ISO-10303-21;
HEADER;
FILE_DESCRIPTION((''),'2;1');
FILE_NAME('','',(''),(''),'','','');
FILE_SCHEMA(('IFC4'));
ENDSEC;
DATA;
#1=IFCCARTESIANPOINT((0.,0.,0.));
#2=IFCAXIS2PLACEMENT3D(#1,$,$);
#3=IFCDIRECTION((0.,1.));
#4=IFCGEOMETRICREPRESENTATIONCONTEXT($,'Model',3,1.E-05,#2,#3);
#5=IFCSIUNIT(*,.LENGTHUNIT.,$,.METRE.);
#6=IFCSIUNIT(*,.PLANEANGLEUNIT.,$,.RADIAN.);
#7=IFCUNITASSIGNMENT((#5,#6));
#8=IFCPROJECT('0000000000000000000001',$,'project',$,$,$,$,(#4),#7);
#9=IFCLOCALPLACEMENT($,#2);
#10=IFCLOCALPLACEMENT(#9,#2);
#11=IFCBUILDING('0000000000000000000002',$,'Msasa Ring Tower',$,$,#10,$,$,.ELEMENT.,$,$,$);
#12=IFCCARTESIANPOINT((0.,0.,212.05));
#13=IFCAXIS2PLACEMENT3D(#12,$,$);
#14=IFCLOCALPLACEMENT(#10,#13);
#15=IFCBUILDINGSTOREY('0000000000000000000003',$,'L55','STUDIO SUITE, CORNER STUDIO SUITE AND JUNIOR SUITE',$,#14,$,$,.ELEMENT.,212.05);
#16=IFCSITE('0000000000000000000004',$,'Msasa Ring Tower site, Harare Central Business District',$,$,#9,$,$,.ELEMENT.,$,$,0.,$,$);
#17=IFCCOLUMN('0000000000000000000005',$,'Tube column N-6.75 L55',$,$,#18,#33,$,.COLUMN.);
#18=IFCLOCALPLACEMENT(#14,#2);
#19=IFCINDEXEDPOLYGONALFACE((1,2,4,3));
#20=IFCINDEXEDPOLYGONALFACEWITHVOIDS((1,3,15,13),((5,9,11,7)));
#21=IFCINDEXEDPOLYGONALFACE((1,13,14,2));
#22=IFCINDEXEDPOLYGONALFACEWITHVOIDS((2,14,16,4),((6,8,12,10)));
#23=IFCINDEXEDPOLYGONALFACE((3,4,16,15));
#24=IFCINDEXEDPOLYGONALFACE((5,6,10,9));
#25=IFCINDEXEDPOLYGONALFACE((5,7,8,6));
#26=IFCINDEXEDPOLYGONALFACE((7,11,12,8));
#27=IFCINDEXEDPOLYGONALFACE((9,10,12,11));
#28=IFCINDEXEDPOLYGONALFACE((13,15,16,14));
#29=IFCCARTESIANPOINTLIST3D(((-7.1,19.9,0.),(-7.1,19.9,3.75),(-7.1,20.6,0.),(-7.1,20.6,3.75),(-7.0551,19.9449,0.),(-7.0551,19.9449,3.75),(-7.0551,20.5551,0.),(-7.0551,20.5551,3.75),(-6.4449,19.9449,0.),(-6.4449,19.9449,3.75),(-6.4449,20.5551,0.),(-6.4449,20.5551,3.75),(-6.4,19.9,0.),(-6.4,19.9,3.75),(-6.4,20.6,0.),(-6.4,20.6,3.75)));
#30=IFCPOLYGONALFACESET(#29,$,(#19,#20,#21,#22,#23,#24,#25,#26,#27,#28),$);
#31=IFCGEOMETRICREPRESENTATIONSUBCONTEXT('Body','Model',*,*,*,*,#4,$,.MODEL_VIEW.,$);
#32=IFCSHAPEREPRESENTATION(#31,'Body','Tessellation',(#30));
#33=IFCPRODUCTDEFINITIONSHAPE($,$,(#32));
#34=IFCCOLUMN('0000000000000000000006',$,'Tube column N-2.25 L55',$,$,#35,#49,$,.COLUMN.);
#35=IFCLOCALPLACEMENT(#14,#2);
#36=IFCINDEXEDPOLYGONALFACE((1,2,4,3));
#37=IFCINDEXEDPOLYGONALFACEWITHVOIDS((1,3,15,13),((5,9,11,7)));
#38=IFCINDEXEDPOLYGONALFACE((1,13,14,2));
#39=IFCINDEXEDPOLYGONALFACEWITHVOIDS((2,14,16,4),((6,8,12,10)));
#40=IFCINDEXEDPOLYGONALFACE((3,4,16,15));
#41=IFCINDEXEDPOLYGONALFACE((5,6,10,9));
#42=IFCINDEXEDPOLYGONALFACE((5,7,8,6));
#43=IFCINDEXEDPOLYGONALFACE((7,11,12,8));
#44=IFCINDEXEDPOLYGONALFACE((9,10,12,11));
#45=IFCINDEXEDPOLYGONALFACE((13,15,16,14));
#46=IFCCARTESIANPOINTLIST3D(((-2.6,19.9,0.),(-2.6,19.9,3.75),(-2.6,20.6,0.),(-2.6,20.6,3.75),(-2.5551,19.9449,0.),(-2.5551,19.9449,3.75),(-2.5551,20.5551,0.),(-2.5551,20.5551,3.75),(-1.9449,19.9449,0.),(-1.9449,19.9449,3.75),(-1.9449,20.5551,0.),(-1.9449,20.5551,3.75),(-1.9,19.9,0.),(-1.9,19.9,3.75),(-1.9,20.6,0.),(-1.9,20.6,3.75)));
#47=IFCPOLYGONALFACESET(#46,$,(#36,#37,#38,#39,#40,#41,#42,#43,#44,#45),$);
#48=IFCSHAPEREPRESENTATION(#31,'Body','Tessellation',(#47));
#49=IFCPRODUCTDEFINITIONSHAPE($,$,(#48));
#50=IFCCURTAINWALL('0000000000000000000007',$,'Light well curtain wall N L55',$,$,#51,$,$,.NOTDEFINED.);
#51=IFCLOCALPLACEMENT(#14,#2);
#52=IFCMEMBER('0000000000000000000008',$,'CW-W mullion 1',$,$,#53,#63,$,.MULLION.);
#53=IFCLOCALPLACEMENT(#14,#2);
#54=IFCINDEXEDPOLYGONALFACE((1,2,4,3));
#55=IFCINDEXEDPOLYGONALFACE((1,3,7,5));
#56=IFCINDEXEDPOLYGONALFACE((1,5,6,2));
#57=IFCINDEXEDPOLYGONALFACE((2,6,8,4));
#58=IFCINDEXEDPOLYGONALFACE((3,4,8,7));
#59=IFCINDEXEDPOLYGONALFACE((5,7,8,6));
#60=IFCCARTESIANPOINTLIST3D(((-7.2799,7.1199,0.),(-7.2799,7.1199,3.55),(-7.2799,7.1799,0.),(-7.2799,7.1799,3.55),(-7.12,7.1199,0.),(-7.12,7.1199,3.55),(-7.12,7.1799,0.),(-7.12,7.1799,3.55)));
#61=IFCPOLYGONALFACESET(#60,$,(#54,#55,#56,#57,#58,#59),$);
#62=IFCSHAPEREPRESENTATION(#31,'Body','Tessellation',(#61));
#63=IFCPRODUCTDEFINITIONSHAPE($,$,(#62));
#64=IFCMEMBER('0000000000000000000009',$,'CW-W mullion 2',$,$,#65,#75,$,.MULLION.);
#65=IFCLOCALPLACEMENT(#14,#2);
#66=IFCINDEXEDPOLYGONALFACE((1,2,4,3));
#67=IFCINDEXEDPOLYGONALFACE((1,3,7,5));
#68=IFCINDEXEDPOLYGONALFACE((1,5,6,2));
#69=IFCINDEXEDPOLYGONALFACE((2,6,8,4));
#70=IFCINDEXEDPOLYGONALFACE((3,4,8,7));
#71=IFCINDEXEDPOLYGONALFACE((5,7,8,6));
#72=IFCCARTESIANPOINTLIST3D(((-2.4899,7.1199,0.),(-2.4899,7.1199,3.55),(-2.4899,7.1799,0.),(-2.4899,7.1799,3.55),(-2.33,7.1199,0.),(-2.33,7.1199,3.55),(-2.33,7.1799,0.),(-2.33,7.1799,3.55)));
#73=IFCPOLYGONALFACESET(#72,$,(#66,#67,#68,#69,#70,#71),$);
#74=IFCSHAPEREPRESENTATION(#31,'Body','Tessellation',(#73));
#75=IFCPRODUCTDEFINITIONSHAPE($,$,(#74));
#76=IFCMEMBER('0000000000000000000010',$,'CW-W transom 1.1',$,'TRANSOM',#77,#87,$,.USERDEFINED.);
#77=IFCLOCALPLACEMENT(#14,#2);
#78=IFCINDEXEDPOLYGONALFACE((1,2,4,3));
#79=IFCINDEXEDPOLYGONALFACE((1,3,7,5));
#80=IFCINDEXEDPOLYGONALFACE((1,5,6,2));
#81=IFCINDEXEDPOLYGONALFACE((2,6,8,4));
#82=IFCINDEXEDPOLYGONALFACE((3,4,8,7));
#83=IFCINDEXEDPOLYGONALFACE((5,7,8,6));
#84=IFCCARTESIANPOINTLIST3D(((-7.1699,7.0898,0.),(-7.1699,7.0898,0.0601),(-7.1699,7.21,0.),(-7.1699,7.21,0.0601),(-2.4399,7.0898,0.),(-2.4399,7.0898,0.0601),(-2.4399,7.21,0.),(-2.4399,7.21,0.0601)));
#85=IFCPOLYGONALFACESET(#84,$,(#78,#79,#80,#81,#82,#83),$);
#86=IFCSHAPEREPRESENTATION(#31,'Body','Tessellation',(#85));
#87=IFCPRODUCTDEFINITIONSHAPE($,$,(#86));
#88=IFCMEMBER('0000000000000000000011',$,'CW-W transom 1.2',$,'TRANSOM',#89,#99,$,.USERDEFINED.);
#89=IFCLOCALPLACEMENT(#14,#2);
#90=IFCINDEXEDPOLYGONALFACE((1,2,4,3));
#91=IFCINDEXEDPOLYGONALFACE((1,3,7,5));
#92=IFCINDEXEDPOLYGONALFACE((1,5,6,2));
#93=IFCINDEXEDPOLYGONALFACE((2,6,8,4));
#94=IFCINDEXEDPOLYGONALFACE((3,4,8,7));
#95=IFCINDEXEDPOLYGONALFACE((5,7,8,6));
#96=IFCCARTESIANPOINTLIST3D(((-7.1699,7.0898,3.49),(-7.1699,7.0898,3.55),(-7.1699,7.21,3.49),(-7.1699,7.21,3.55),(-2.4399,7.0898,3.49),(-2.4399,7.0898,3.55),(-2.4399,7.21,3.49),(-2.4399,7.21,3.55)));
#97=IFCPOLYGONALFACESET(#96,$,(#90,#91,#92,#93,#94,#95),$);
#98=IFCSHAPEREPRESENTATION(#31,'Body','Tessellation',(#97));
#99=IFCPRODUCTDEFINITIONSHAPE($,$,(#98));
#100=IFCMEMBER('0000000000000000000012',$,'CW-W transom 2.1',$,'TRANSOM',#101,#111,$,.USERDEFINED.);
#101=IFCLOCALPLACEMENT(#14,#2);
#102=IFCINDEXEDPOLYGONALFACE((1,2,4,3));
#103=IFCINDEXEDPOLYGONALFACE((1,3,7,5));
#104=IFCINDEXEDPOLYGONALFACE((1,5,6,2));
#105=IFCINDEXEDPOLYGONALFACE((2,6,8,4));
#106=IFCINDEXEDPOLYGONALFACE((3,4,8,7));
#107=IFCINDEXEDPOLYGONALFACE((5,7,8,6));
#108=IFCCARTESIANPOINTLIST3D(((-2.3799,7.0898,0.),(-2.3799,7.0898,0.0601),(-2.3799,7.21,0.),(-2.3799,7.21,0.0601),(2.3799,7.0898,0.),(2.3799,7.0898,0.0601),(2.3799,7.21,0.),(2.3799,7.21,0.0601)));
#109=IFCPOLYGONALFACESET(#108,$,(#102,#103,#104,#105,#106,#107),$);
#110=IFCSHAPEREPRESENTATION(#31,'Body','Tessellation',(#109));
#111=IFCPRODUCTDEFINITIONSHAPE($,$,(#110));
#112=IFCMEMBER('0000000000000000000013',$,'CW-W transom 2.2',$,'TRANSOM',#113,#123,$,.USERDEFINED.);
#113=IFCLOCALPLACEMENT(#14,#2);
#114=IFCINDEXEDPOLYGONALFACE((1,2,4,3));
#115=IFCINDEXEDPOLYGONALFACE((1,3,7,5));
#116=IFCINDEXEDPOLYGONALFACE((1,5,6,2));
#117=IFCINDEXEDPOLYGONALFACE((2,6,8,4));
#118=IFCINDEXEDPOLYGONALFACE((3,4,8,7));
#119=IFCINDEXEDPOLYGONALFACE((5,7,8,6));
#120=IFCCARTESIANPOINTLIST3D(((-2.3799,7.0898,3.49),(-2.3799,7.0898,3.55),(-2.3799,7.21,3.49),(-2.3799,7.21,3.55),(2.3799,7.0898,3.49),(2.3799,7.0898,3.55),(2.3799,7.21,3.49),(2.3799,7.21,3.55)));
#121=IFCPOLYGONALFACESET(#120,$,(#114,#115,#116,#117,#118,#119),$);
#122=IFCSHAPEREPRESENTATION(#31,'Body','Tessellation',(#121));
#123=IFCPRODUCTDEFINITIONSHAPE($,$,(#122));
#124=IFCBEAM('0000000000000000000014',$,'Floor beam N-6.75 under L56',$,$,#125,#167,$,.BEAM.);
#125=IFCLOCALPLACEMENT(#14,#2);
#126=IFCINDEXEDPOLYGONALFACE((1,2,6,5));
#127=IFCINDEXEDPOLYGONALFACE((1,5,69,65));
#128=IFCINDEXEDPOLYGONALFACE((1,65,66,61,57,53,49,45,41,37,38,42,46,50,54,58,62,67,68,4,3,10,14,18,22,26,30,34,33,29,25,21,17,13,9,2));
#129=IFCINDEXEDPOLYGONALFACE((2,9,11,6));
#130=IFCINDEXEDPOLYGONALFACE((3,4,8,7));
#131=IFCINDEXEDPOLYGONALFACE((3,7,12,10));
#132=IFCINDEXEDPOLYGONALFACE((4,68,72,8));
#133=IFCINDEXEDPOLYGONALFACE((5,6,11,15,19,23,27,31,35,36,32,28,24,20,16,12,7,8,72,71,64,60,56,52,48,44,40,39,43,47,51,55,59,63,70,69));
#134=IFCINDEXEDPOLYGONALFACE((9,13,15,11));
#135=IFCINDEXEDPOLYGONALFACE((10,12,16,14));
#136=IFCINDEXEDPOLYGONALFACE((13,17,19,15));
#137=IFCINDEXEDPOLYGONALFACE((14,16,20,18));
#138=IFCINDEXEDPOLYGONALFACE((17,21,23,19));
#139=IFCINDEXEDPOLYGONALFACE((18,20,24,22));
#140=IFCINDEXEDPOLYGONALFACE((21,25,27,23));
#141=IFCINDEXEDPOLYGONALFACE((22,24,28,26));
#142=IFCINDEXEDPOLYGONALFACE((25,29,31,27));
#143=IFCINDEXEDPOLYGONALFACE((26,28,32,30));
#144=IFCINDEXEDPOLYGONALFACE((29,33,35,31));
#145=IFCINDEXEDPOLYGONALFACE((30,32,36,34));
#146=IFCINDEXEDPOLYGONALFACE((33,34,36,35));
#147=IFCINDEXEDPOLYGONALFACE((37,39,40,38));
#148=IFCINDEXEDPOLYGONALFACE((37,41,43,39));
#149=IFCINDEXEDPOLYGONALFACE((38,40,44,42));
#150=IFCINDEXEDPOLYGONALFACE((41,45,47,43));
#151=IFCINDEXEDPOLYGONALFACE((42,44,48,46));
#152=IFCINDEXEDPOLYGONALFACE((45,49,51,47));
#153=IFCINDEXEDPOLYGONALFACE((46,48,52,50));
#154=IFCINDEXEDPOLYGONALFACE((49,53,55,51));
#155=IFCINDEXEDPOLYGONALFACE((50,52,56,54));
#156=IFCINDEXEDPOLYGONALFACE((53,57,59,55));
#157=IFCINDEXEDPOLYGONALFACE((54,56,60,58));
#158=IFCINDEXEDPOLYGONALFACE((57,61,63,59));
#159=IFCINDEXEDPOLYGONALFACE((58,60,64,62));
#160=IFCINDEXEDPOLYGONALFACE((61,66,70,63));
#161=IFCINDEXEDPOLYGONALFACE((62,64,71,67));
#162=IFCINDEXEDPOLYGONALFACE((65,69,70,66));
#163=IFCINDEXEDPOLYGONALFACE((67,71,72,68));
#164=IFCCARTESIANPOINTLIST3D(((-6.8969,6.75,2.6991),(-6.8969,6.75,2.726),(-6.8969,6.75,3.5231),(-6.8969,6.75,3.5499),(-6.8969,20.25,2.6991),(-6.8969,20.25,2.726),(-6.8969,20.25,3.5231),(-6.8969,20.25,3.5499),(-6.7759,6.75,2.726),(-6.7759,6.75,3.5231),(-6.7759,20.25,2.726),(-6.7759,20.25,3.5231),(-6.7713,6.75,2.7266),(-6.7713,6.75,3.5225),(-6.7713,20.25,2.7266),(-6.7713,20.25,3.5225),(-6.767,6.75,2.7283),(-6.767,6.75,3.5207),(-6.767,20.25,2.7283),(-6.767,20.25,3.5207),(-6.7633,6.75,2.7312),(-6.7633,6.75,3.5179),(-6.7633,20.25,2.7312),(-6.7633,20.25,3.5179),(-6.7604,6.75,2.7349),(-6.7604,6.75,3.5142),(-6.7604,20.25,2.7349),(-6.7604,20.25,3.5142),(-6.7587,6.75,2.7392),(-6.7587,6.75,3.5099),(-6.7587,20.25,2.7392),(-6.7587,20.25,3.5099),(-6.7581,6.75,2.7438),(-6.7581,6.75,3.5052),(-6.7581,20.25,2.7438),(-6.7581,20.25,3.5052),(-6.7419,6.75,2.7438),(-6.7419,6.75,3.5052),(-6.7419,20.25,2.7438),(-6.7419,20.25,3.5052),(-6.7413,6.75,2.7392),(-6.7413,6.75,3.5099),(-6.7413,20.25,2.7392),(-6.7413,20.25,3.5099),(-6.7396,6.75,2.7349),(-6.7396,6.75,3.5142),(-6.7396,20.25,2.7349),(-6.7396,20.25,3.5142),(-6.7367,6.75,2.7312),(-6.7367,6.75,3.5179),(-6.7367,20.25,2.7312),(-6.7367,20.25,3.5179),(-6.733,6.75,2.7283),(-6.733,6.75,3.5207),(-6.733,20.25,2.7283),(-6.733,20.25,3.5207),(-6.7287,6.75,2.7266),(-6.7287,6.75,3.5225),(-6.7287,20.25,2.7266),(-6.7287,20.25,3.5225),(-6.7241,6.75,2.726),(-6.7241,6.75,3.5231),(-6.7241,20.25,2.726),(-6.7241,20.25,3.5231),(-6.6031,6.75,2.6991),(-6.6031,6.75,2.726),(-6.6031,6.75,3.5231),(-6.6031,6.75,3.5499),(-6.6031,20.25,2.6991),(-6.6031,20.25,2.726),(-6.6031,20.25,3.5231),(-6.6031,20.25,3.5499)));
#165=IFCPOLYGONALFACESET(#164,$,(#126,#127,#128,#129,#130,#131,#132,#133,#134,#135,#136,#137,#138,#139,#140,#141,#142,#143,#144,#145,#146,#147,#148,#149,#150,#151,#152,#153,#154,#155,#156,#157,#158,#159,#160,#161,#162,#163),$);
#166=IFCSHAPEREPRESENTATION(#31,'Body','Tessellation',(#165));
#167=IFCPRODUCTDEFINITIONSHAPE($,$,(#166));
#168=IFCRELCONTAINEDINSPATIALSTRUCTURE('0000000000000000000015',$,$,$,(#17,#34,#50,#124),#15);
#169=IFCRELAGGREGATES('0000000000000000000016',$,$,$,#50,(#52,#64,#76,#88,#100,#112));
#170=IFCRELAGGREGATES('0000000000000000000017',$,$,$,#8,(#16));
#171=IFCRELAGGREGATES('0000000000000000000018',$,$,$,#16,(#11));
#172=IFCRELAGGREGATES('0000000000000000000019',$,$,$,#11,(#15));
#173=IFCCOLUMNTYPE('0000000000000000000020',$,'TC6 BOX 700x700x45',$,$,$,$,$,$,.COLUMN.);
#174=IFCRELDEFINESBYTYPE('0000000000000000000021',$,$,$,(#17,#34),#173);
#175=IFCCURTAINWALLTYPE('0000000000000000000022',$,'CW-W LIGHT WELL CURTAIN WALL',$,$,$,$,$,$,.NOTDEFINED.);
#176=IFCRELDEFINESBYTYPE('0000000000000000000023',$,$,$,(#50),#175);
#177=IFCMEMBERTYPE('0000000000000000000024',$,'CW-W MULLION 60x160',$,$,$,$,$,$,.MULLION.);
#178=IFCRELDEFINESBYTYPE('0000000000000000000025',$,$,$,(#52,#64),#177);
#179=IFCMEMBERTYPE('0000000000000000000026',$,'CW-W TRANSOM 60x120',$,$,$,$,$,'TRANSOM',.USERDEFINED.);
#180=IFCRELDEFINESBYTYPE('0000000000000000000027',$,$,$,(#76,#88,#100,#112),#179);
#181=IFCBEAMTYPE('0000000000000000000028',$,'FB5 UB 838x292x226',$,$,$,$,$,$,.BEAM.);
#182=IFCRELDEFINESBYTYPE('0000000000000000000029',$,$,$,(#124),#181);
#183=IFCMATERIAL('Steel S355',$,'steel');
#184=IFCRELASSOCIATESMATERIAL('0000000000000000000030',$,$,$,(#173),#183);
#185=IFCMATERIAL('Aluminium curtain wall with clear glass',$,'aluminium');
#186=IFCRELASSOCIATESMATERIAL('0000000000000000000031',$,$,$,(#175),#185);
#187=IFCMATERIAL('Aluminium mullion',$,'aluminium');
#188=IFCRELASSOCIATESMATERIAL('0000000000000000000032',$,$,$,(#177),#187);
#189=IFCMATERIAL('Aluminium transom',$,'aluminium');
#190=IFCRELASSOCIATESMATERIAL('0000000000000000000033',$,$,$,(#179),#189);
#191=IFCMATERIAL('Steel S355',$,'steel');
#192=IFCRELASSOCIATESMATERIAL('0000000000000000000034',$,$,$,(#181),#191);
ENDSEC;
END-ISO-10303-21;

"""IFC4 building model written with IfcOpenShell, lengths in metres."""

from ifc_helpers import new_model, si_unit, direction, frame, origin, origin_2d, place, context, subcontext, project, spatial, rectangle, hollow_rectangle, i_section, extrude, material, material_profile, profile_set, type_object, element, aggregate, save


model = new_model("IFC4")

# Units and contexts
model_context = context("Model", 3, precision=1e-05, world=origin(), true_north=direction((0.0, 1.0)))
body_context = subcontext(model_context, "Body", "Model", "MODEL_VIEW")
ifc_project = project(units=[si_unit("LENGTHUNIT", "METRE"), si_unit("PLANEANGLEUNIT", "RADIAN")], contexts=[model_context])

# Site, building, storey
site_placement = place(None, origin())
site = spatial("IfcSite", under=ifc_project, at=site_placement, Name="Msasa Ring Tower site, Harare Central Business District", CompositionType="ELEMENT", RefElevation=0.0)
building_placement = place(site_placement, origin())
building = spatial("IfcBuilding", under=site, at=building_placement, Name="Msasa Ring Tower", CompositionType="ELEMENT")
storey_placement = place(building_placement, frame((0.0, 0.0, 212.05)))
storey = spatial("IfcBuildingStorey", under=building, at=storey_placement, Name="L55", Description="STUDIO SUITE, CORNER STUDIO SUITE AND JUNIOR SUITE", CompositionType="ELEMENT", Elevation=212.05)

# Columns
ifc_material_1 = material(Name="Steel S355", Category="steel")
ifc_material_profile_1 = material_profile(ifc_material_1, hollow_rectangle(XDim=0.7, YDim=0.7, WallThickness=0.0449, at=origin_2d()), Name="BOX 700x700x45")
ifc_profile_set_1 = profile_set([ifc_material_profile_1], Name="Steel S355")
column_type = type_object("IfcColumnType", Name="TC6 BOX 700x700x45", PredefinedType="COLUMN", material=ifc_profile_set_1)
for number, where, z_axis, x_axis, name in (
    (1, (-6.75, 20.25, 0.0), (0.0, 0.0, 1.0), (0.0, 1.0, 0.0), "Tube column N-6.75 L55"),
    (2, (-2.25, 20.25, 0.0), (0.0, 0.0, 1.0), (0.0, 1.0, 0.0), "Tube column N-2.25 L55"),
):
    element("IfcColumn", number, at=place(storey_placement, frame(where, z_axis=z_axis, x_axis=x_axis)), inside=storey, type_object=column_type, Name=name, PredefinedType="COLUMN", context=body_context, shape_type="SweptSolid", body=[
        extrude(hollow_rectangle(XDim=0.7, YDim=0.7, WallThickness=0.0449, at=origin_2d()), origin(), (0.0, 0.0, 1.0), 3.75),
    ])

# Curtain wall, members
ifc_material_2 = material(Name="Aluminium curtain wall with clear glass", Category="aluminium")
curtain_wall_type = type_object("IfcCurtainWallType", Name="CW-W LIGHT WELL CURTAIN WALL", PredefinedType="NOTDEFINED", material=ifc_material_2)
curtain_wall_placement = place(storey_placement, origin())
curtain_wall = element("IfcCurtainWall", 3, at=curtain_wall_placement, inside=storey, type_object=curtain_wall_type, Name="Light well curtain wall N L55", PredefinedType="NOTDEFINED")
ifc_material_3 = material(Name="Aluminium mullion", Category="aluminium")
ifc_material_profile_2 = material_profile(ifc_material_3, rectangle(XDim=0.0601, YDim=0.1599, at=origin_2d()), Name="AL 60x160")
ifc_profile_set_2 = profile_set([ifc_material_profile_2], Name="Aluminium mullion")
member_type_1 = type_object("IfcMemberType", Name="CW-W MULLION 60x160", PredefinedType="MULLION", material=ifc_profile_set_2)
member_1_placement = place(storey_placement, frame((-7.2, 7.1499, 0.0), z_axis=(0.0, 0.0, 1.0), x_axis=(0.0, 1.0, 0.0)))
member_1 = element("IfcMember", 4, at=member_1_placement, type_object=member_type_1, Name="CW-W mullion 1", PredefinedType="MULLION", context=body_context, shape_type="SweptSolid", body=[
    extrude(rectangle(XDim=0.0601, YDim=0.1599, at=origin_2d()), origin(), (0.0, 0.0, 1.0), 3.55),
])
member_2_placement = place(storey_placement, frame((-2.4099, 7.1499, 0.0), z_axis=(0.0, 0.0, 1.0), x_axis=(0.0, 1.0, 0.0)))
member_2 = element("IfcMember", 5, at=member_2_placement, type_object=member_type_1, Name="CW-W mullion 2", PredefinedType="MULLION", context=body_context, shape_type="SweptSolid", body=[
    extrude(rectangle(XDim=0.0601, YDim=0.1599, at=origin_2d()), origin(), (0.0, 0.0, 1.0), 3.55),
])
ifc_material_4 = material(Name="Aluminium transom", Category="aluminium")
ifc_material_profile_3 = material_profile(ifc_material_4, rectangle(XDim=0.1201, YDim=0.0601, at=origin_2d()), Name="AL 60x120")
ifc_profile_set_3 = profile_set([ifc_material_profile_3], Name="Aluminium transom")
member_type_2 = type_object("IfcMemberType", Name="CW-W TRANSOM 60x120", ElementType="TRANSOM", PredefinedType="USERDEFINED", material=ifc_profile_set_3)
member_3_placement = place(storey_placement, frame((-7.1699, 7.1499, 0.03), z_axis=(1.0, 0.0, 0.0), x_axis=(0.0, 1.0, 0.0)))
member_3 = element("IfcMember", 6, at=member_3_placement, type_object=member_type_2, Name="CW-W transom 1.1", ObjectType="TRANSOM", PredefinedType="USERDEFINED", context=body_context, shape_type="SweptSolid", body=[
    extrude(rectangle(XDim=0.1201, YDim=0.0601, at=origin_2d()), origin(), (0.0, 0.0, 1.0), 4.73),
])
member_4_placement = place(storey_placement, frame((-7.1699, 7.1499, 3.52), z_axis=(1.0, 0.0, 0.0), x_axis=(0.0, 1.0, 0.0)))
member_4 = element("IfcMember", 7, at=member_4_placement, type_object=member_type_2, Name="CW-W transom 1.2", ObjectType="TRANSOM", PredefinedType="USERDEFINED", context=body_context, shape_type="SweptSolid", body=[
    extrude(rectangle(XDim=0.1201, YDim=0.0601, at=origin_2d()), origin(), (0.0, 0.0, 1.0), 4.73),
])
member_5_placement = place(storey_placement, frame((-2.3799, 7.1499, 0.03), z_axis=(1.0, 0.0, 0.0), x_axis=(0.0, 1.0, 0.0)))
member_5 = element("IfcMember", 8, at=member_5_placement, type_object=member_type_2, Name="CW-W transom 2.1", ObjectType="TRANSOM", PredefinedType="USERDEFINED", context=body_context, shape_type="SweptSolid", body=[
    extrude(rectangle(XDim=0.1201, YDim=0.0601, at=origin_2d()), origin(), (0.0, 0.0, 1.0), 4.7598),
])
member_6_placement = place(storey_placement, frame((-2.3799, 7.1499, 3.52), z_axis=(1.0, 0.0, 0.0), x_axis=(0.0, 1.0, 0.0)))
member_6 = element("IfcMember", 9, at=member_6_placement, type_object=member_type_2, Name="CW-W transom 2.2", ObjectType="TRANSOM", PredefinedType="USERDEFINED", context=body_context, shape_type="SweptSolid", body=[
    extrude(rectangle(XDim=0.1201, YDim=0.0601, at=origin_2d()), origin(), (0.0, 0.0, 1.0), 4.7598),
])

# Beam
ifc_material_5 = material(Name="Steel S355", Category="steel")
ifc_material_profile_4 = material_profile(ifc_material_5, i_section(OverallWidth=0.2937, OverallDepth=0.8508, WebThickness=0.0161, FlangeThickness=0.0269, FilletRadius=0.0178, at=origin_2d()), Name="UB 838x292x226")
ifc_profile_set_4 = profile_set([ifc_material_profile_4], Name="Steel S355")
beam_type_1 = type_object("IfcBeamType", Name="FB5 UB 838x292x226", PredefinedType="BEAM", material=ifc_profile_set_4)
for number, where, z_axis, x_axis, name in (
    (10, (-6.75, 20.25, 3.1245), (0.0, -1.0, 0.0), (1.0, 0.0, 0.0), "Floor beam N-6.75 under L56"),
):
    element("IfcBeam", number, at=place(storey_placement, frame(where, z_axis=z_axis, x_axis=x_axis)), inside=storey, type_object=beam_type_1, Name=name, PredefinedType="BEAM", context=body_context, shape_type="SweptSolid", body=[
        extrude(i_section(OverallWidth=0.2937, OverallDepth=0.8508, WebThickness=0.0161, FlangeThickness=0.0269, FilletRadius=0.0178, at=origin_2d()), origin(), (0.0, 0.0, 1.0), 13.5),
    ])

aggregate(curtain_wall, [member_1, member_2, member_3, member_4, member_5, member_6])

save(model, "model.ifc")
